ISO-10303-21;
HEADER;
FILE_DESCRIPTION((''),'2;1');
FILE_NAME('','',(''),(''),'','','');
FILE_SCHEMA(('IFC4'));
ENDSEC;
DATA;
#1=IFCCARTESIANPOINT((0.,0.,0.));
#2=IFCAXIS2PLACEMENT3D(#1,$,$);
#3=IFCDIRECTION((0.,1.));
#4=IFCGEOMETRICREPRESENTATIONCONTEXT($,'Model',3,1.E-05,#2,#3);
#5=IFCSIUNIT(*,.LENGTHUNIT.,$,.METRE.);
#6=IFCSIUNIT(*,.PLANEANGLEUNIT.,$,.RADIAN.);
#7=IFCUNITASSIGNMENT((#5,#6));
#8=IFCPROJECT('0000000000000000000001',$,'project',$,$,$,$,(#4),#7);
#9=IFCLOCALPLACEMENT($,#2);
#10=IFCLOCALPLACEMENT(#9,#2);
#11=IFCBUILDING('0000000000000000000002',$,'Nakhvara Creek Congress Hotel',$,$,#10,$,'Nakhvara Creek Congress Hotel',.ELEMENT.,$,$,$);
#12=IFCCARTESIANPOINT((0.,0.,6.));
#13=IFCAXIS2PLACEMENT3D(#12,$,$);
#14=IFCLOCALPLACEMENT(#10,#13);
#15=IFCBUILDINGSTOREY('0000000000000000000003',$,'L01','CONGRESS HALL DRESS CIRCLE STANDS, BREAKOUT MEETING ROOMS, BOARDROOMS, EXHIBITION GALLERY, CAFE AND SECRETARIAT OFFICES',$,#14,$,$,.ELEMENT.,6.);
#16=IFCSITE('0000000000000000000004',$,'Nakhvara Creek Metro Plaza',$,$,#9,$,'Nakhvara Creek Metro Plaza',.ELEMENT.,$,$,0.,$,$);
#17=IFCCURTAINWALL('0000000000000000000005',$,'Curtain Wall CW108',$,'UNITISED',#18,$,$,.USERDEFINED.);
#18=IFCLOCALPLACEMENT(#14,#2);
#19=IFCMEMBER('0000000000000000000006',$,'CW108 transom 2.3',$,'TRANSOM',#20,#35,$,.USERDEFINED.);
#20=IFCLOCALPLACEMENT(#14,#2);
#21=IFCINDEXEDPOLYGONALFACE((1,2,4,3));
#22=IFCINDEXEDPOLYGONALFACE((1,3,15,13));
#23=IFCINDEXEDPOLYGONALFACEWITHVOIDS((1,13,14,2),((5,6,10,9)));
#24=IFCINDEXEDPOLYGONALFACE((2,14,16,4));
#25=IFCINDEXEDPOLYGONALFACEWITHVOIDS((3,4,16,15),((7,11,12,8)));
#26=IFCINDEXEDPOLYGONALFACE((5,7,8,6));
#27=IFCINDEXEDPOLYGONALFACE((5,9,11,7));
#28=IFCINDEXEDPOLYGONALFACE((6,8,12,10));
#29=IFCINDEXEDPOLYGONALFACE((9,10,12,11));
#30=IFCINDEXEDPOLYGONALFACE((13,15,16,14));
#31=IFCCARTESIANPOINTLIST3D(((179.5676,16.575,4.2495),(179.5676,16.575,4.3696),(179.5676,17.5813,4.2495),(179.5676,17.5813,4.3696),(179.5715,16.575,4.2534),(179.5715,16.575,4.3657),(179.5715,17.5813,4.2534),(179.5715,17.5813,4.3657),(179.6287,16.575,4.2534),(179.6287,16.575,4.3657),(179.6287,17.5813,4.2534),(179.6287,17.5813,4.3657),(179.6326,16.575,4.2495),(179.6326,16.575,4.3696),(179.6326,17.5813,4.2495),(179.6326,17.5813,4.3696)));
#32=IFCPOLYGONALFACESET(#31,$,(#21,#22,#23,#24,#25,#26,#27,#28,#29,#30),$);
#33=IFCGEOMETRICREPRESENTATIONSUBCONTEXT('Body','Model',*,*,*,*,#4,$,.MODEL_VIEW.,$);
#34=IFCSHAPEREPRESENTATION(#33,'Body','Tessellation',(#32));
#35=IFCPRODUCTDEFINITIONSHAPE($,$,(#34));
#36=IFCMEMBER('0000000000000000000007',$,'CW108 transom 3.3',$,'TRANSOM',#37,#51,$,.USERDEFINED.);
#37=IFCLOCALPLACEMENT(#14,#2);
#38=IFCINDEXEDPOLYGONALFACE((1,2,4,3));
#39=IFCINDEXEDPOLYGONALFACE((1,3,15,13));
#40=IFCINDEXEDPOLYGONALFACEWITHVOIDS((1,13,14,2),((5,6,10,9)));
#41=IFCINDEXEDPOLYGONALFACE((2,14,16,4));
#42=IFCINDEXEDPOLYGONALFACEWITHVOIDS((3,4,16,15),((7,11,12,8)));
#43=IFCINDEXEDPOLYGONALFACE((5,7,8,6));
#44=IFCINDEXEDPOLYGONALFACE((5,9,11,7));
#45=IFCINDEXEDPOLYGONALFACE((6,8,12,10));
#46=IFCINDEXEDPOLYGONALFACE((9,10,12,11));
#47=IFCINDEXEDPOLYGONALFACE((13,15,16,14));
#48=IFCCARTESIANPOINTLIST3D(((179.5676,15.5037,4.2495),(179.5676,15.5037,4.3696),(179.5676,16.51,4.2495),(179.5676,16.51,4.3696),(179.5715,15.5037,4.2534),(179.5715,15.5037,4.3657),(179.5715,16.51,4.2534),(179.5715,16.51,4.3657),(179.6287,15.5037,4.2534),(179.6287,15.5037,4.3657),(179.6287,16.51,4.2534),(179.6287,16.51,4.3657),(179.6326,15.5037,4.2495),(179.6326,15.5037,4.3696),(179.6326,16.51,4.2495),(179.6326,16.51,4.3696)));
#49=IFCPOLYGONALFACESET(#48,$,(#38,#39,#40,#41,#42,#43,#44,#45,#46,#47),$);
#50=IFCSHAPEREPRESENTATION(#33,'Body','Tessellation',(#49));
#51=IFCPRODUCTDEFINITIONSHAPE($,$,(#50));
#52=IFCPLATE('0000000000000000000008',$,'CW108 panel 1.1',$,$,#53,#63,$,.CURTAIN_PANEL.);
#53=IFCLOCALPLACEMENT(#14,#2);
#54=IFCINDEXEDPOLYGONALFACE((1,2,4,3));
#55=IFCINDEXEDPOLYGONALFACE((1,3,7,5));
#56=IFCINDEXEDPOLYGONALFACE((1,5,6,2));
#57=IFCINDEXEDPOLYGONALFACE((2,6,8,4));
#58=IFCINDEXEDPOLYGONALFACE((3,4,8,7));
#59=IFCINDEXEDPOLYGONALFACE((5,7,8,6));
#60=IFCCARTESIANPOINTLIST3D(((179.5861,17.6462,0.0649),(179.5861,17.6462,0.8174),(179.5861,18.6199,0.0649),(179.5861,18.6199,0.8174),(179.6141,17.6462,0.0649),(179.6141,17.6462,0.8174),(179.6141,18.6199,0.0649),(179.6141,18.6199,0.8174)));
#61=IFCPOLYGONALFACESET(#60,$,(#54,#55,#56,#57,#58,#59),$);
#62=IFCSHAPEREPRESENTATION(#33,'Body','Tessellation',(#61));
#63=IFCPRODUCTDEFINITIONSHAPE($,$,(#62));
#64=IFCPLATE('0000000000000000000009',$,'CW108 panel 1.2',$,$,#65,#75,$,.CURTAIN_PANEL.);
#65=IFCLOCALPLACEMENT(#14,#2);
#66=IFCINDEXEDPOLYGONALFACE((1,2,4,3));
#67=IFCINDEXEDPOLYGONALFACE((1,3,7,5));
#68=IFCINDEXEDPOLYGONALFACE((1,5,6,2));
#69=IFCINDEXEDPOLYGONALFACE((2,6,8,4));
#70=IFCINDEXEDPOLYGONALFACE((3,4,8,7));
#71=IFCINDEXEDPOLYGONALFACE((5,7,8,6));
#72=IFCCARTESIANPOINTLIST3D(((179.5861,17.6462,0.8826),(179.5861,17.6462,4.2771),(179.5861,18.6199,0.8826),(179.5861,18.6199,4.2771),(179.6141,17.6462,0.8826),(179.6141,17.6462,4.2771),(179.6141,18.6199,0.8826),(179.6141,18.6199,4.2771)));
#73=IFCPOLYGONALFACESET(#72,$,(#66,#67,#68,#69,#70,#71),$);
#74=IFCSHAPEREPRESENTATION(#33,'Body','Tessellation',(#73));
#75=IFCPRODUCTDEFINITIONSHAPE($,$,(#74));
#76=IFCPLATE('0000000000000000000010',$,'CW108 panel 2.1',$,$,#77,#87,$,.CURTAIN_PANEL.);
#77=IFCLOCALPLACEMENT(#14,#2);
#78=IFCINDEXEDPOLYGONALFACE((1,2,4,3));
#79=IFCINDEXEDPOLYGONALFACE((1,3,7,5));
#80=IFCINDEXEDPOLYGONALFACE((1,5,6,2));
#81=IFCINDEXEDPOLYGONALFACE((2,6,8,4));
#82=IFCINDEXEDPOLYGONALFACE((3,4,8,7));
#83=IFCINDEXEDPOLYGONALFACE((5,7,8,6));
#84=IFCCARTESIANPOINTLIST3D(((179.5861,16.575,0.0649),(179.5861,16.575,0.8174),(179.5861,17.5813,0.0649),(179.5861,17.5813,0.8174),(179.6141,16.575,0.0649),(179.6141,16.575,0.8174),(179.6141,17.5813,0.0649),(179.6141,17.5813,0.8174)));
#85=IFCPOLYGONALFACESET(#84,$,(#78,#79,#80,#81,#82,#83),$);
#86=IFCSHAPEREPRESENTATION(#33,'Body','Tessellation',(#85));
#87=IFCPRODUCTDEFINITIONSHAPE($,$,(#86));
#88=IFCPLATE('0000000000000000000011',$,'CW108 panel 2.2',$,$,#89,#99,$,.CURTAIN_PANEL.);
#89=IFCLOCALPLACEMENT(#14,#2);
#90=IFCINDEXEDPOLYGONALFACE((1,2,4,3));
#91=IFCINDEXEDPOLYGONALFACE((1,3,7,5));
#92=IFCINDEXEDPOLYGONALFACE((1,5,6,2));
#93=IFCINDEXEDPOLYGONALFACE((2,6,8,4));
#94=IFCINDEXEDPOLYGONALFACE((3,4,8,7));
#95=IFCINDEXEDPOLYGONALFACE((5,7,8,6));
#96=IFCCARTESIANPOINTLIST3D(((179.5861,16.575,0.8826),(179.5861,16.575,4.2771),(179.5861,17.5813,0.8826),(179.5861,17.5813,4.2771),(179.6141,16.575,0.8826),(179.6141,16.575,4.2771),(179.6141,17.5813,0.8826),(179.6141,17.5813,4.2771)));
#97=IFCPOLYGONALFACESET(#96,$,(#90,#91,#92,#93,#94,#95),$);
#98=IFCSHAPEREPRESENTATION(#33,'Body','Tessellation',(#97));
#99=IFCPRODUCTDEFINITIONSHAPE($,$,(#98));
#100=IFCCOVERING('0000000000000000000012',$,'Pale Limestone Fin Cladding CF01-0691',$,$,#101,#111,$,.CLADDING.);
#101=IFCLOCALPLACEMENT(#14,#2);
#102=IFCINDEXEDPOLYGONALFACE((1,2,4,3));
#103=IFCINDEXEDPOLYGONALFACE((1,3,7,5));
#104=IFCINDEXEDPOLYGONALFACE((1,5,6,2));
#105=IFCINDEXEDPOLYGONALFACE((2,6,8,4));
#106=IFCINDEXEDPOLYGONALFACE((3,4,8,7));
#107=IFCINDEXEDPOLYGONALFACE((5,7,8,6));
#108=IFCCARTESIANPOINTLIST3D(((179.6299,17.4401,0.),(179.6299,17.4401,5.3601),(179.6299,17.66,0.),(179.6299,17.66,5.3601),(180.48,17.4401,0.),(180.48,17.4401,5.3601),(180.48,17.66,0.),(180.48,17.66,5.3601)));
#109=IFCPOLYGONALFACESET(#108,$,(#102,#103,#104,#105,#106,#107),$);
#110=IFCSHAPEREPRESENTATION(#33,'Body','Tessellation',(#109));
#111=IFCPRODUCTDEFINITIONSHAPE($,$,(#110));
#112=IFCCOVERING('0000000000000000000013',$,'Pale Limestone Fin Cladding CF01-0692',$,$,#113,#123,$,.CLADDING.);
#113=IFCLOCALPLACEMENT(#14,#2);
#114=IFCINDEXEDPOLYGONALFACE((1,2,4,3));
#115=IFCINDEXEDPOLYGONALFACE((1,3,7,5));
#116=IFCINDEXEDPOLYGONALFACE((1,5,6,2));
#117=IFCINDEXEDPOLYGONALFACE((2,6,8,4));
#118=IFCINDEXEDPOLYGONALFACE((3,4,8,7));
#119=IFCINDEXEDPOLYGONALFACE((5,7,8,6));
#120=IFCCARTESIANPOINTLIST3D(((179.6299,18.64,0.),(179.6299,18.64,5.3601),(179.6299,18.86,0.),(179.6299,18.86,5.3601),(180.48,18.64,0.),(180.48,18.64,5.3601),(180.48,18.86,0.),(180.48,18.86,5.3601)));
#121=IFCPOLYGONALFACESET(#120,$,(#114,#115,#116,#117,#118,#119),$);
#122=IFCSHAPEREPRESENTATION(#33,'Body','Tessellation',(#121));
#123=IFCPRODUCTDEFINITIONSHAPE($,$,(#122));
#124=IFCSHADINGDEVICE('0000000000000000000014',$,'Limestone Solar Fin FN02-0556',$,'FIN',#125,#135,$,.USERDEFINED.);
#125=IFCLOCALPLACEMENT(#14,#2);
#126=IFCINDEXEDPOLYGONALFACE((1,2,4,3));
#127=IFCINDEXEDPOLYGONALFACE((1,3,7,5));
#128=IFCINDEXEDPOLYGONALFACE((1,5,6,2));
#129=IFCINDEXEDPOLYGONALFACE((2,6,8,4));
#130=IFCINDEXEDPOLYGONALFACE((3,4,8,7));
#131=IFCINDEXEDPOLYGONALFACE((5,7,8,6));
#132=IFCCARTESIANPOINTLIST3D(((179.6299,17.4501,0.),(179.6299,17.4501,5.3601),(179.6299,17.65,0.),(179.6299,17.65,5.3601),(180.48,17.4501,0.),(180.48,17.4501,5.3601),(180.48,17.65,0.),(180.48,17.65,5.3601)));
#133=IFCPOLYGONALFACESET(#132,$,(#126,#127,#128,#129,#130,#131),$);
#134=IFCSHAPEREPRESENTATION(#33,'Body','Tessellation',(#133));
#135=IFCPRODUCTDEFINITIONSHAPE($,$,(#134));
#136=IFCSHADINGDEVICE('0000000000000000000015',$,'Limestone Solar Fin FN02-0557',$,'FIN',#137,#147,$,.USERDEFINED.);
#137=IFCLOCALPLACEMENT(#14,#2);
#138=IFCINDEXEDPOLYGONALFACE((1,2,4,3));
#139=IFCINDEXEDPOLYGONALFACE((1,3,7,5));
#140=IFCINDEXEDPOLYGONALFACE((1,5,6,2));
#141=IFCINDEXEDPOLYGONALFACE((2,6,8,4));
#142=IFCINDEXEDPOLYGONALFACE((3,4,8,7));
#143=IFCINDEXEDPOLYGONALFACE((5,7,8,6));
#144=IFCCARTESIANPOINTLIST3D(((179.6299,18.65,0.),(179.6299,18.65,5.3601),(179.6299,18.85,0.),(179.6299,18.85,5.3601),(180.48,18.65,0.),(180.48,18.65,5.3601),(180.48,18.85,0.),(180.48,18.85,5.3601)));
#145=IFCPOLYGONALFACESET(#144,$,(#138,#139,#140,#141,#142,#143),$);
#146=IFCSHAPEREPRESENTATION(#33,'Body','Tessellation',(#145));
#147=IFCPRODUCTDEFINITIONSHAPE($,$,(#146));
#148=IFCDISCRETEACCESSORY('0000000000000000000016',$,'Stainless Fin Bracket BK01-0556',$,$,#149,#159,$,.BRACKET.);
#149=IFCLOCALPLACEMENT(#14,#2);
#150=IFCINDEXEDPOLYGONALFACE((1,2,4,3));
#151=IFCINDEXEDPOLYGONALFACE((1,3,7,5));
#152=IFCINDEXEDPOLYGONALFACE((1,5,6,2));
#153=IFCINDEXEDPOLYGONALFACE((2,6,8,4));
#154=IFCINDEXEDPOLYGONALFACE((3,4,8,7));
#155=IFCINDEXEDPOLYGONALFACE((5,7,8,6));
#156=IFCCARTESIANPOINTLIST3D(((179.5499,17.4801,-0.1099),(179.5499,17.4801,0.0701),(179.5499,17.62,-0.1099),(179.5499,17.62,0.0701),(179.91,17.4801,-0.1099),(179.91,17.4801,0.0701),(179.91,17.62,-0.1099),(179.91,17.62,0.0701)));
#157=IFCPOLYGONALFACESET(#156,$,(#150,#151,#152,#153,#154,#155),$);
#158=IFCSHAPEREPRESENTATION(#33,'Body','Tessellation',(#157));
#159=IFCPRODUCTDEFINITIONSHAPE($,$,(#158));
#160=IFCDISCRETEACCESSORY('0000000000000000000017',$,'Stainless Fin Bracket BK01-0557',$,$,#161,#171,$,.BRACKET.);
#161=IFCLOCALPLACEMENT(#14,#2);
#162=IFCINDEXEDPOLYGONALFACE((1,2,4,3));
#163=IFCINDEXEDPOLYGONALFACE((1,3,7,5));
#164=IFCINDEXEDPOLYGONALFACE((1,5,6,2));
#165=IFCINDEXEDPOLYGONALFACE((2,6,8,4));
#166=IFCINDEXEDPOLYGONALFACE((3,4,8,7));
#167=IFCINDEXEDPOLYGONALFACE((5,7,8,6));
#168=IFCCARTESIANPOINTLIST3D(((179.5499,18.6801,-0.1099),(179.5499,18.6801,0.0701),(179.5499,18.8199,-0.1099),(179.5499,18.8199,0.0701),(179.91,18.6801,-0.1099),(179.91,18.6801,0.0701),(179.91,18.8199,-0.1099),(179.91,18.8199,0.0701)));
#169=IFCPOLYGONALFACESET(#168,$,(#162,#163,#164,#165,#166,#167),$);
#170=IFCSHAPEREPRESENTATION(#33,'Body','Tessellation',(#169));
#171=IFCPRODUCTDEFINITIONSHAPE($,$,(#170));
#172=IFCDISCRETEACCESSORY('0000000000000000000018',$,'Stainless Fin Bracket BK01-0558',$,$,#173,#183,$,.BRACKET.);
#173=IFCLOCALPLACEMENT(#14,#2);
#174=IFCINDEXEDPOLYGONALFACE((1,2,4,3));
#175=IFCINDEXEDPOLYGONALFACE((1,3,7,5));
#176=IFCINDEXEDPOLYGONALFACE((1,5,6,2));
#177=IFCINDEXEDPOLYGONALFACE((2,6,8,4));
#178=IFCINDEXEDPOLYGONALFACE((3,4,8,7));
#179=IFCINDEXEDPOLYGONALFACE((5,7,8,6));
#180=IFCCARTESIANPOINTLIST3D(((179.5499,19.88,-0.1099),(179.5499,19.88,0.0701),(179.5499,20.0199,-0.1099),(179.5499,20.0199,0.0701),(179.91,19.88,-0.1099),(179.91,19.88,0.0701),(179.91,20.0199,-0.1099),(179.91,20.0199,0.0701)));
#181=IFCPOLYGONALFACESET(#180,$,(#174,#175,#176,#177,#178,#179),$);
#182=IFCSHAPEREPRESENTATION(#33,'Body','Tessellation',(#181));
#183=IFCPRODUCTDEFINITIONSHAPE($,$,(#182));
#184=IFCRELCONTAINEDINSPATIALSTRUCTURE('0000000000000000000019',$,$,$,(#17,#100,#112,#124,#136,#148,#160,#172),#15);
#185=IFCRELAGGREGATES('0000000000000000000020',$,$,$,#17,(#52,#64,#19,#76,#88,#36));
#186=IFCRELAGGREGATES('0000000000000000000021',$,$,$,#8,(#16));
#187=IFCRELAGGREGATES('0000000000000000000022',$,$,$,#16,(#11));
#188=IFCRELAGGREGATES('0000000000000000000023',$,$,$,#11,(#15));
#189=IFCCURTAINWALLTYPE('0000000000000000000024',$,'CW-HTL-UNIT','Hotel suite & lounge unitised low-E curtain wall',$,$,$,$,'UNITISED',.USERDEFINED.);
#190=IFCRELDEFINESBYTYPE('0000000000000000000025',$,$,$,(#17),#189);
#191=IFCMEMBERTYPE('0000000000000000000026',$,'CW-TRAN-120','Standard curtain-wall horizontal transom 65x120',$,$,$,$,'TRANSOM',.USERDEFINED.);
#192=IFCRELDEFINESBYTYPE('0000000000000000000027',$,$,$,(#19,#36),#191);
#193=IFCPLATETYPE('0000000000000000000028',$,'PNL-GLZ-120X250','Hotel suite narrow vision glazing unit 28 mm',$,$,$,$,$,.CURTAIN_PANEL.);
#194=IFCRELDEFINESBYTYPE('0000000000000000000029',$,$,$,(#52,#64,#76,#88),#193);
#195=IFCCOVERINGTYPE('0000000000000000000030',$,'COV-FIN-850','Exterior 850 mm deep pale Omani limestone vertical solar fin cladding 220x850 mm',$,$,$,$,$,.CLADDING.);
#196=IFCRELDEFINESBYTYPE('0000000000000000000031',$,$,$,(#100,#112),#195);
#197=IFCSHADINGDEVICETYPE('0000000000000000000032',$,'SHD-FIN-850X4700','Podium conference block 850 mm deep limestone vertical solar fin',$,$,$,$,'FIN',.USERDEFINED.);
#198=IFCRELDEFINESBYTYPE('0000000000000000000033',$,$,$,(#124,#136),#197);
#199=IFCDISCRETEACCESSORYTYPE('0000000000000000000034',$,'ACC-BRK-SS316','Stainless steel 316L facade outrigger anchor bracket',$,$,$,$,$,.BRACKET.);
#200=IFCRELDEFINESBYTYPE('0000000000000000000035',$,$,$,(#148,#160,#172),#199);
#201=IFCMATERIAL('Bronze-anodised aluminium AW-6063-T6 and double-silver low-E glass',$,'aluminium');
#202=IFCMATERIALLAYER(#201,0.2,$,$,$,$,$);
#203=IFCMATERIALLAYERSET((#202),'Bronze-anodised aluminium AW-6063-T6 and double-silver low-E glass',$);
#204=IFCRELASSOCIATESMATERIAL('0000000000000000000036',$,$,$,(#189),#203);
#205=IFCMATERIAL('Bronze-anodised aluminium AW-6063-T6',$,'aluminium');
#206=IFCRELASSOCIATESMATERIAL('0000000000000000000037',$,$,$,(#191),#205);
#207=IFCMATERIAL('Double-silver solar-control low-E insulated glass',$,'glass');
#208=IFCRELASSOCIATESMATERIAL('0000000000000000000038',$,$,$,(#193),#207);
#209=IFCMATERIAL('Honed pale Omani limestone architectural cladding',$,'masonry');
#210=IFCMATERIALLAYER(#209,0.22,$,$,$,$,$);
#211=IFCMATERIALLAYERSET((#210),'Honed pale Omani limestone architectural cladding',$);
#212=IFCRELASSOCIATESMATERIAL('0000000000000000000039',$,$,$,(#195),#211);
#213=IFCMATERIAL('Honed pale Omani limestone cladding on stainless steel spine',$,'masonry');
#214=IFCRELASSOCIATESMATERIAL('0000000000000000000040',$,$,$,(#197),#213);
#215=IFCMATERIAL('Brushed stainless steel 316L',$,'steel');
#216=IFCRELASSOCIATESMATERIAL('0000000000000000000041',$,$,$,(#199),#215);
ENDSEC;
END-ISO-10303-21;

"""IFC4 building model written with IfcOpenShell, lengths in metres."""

from ifc_helpers import new_model, si_unit, direction, frame, origin, origin_2d, place, context, subcontext, project, spatial, rectangle, hollow_rectangle, extrude, material, layer, layer_set, material_profile, profile_set, type_object, element, aggregate, save


model = new_model("IFC4")

# Units and contexts
model_context = context("Model", 3, precision=1e-05, world=origin(), true_north=direction((0.0, 1.0)))
body_context = subcontext(model_context, "Body", "Model", "MODEL_VIEW")
ifc_project = project(units=[si_unit("LENGTHUNIT", "METRE"), si_unit("PLANEANGLEUNIT", "RADIAN")], contexts=[model_context])

# Site, building, storey
site_placement = place(None, origin())
site = spatial("IfcSite", under=ifc_project, at=site_placement, Name="Nakhvara Creek Metro Plaza", LongName="Nakhvara Creek Metro Plaza", CompositionType="ELEMENT", RefElevation=0.0)
building_placement = place(site_placement, origin())
building = spatial("IfcBuilding", under=site, at=building_placement, Name="Nakhvara Creek Congress Hotel", LongName="Nakhvara Creek Congress Hotel", CompositionType="ELEMENT")
storey_placement = place(building_placement, frame((0.0, 0.0, 6.0)))
storey = spatial("IfcBuildingStorey", under=building, at=storey_placement, Name="L01", Description="CONGRESS HALL DRESS CIRCLE STANDS, BREAKOUT MEETING ROOMS, BOARDROOMS, EXHIBITION GALLERY, CAFE AND SECRETARIAT OFFICES", CompositionType="ELEMENT", Elevation=6.0)

# Curtain wall
ifc_material_1 = material(Name="Bronze-anodised aluminium AW-6063-T6 and double-silver low-E glass", Category="aluminium")
ifc_layer_1 = layer(ifc_material_1, 0.2)
ifc_layer_set_1 = layer_set([ifc_layer_1], Name="Bronze-anodised aluminium AW-6063-T6 and double-silver low-E glass")
curtain_wall_type = type_object("IfcCurtainWallType", Name="CW-HTL-UNIT", Description="Hotel suite & lounge unitised low-E curtain wall", ElementType="UNITISED", PredefinedType="USERDEFINED", material=ifc_layer_set_1)
curtain_wall_1_placement = place(storey_placement, origin())
curtain_wall_1 = element("IfcCurtainWall", 1, at=curtain_wall_1_placement, inside=storey, type_object=curtain_wall_type, Name="Curtain Wall CW108", ObjectType="UNITISED", PredefinedType="USERDEFINED")
ifc_material_2 = material(Name="Bronze-anodised aluminium AW-6063-T6", Category="aluminium")

# Members
ifc_material_profile_1 = material_profile(ifc_material_2, hollow_rectangle(XDim=0.0649, YDim=0.1201, WallThickness=0.0039, at=origin_2d()), Name="ALU-TRAN 65x120x4", Category="LoadBearing")
ifc_profile_set_1 = profile_set([ifc_material_profile_1], Name="Bronze-anodised aluminium AW-6063-T6")
member_type_1 = type_object("IfcMemberType", Name="CW-TRAN-120", Description="Standard curtain-wall horizontal transom 65x120", ElementType="TRANSOM", PredefinedType="USERDEFINED", material=ifc_profile_set_1)
member_1_placement = place(storey_placement, frame((179.6001, 17.5813, 4.3096), z_axis=(0.0, -1.0, 0.0), x_axis=(1.0, 0.0, 0.0)))
member_1 = element("IfcMember", 2, at=member_1_placement, type_object=member_type_1, Name="CW108 transom 2.3", ObjectType="TRANSOM", PredefinedType="USERDEFINED", context=body_context, shape_type="SweptSolid", body=[
    extrude(hollow_rectangle(XDim=0.0649, YDim=0.1201, WallThickness=0.0039, at=origin_2d()), origin(), (0.0, 0.0, 1.0), 1.0063),
])
member_2_placement = place(storey_placement, frame((179.6001, 16.51, 4.3096), z_axis=(0.0, -1.0, 0.0), x_axis=(1.0, 0.0, 0.0)))
member_2 = element("IfcMember", 3, at=member_2_placement, type_object=member_type_1, Name="CW108 transom 3.3", ObjectType="TRANSOM", PredefinedType="USERDEFINED", context=body_context, shape_type="SweptSolid", body=[
    extrude(hollow_rectangle(XDim=0.0649, YDim=0.1201, WallThickness=0.0039, at=origin_2d()), origin(), (0.0, 0.0, 1.0), 1.0063),
])

# Plates
ifc_material_3 = material(Name="Double-silver solar-control low-E insulated glass", Category="glass")
plate_type = type_object("IfcPlateType", Name="PNL-GLZ-120X250", Description="Hotel suite narrow vision glazing unit 28 mm", PredefinedType="CURTAIN_PANEL", material=ifc_material_3)
plate_1_placement = place(storey_placement, frame((179.6001, 18.1331, 0.0649), z_axis=(0.0, 0.0, 1.0), x_axis=(0.0, -1.0, 0.0)))
plate_1 = element("IfcPlate", 4, at=plate_1_placement, type_object=plate_type, Name="CW108 panel 1.1", PredefinedType="CURTAIN_PANEL", context=body_context, shape_type="SweptSolid", body=[
    extrude(rectangle(XDim=0.9736, YDim=0.0281, at=origin_2d()), origin(), (0.0, 0.0, 1.0), 0.7524),
])
plate_2_placement = place(storey_placement, frame((179.6001, 18.1331, 0.8826), z_axis=(0.0, 0.0, 1.0), x_axis=(0.0, -1.0, 0.0)))
plate_2 = element("IfcPlate", 5, at=plate_2_placement, type_object=plate_type, Name="CW108 panel 1.2", PredefinedType="CURTAIN_PANEL", context=body_context, shape_type="SweptSolid", body=[
    extrude(rectangle(XDim=0.9736, YDim=0.0281, at=origin_2d()), origin(), (0.0, 0.0, 1.0), 3.3945),
])
plate_3_placement = place(storey_placement, frame((179.6001, 17.0781, 0.0649), z_axis=(0.0, 0.0, 1.0), x_axis=(0.0, -1.0, 0.0)))
plate_3 = element("IfcPlate", 6, at=plate_3_placement, type_object=plate_type, Name="CW108 panel 2.1", PredefinedType="CURTAIN_PANEL", context=body_context, shape_type="SweptSolid", body=[
    extrude(rectangle(XDim=1.0063, YDim=0.0281, at=origin_2d()), origin(), (0.0, 0.0, 1.0), 0.7524),
])
plate_4_placement = place(storey_placement, frame((179.6001, 17.0781, 0.8826), z_axis=(0.0, 0.0, 1.0), x_axis=(0.0, -1.0, 0.0)))
plate_4 = element("IfcPlate", 7, at=plate_4_placement, type_object=plate_type, Name="CW108 panel 2.2", PredefinedType="CURTAIN_PANEL", context=body_context, shape_type="SweptSolid", body=[
    extrude(rectangle(XDim=1.0063, YDim=0.0281, at=origin_2d()), origin(), (0.0, 0.0, 1.0), 3.3945),
])
aggregate(curtain_wall_1, [plate_1, plate_2, member_1, plate_3, plate_4, member_2])

# Coverings
ifc_material_4 = material(Name="Honed pale Omani limestone architectural cladding", Category="masonry")
ifc_layer_2 = layer(ifc_material_4, 0.22)
ifc_layer_set_2 = layer_set([ifc_layer_2], Name="Honed pale Omani limestone architectural cladding")
covering_type = type_object("IfcCoveringType", Name="COV-FIN-850", Description="Exterior 850 mm deep pale Omani limestone vertical solar fin cladding 220x850 mm", PredefinedType="CLADDING", material=ifc_layer_set_2)
for number, where, z_axis, x_axis, name in (
    (8, (180.0549, 17.55, 0.0), (0.0, 0.0, 1.0), (0.0, 1.0, 0.0), "Pale Limestone Fin Cladding CF01-0691"),
    (9, (180.0549, 18.75, 0.0), (0.0, 0.0, 1.0), (0.0, 1.0, 0.0), "Pale Limestone Fin Cladding CF01-0692"),
):
    element("IfcCovering", number, at=place(storey_placement, frame(where, z_axis=z_axis, x_axis=x_axis)), inside=storey, type_object=covering_type, Name=name, PredefinedType="CLADDING", context=body_context, shape_type="SweptSolid", body=[
        extrude(rectangle(XDim=0.22, YDim=0.8501, at=origin_2d()), origin(), (0.0, 0.0, 1.0), 5.3601),
    ])

# Shading devices
ifc_material_5 = material(Name="Honed pale Omani limestone cladding on stainless steel spine", Category="masonry")
shading_device_type = type_object("IfcShadingDeviceType", Name="SHD-FIN-850X4700", Description="Podium conference block 850 mm deep limestone vertical solar fin", ElementType="FIN", PredefinedType="USERDEFINED", material=ifc_material_5)
for number, where, z_axis, x_axis, name in (
    (10, (180.0549, 17.55, 0.0), (0.0, 0.0, 1.0), (0.0, 1.0, 0.0), "Limestone Solar Fin FN02-0556"),
    (11, (180.0549, 18.75, 0.0), (0.0, 0.0, 1.0), (0.0, 1.0, 0.0), "Limestone Solar Fin FN02-0557"),
):
    element("IfcShadingDevice", number, at=place(storey_placement, frame(where, z_axis=z_axis, x_axis=x_axis)), inside=storey, type_object=shading_device_type, Name=name, ObjectType="FIN", PredefinedType="USERDEFINED", context=body_context, shape_type="SweptSolid", body=[
        extrude(rectangle(XDim=0.2, YDim=0.8501, at=origin_2d()), origin(), (0.0, 0.0, 1.0), 5.3601),
    ])

# Discrete accessories
ifc_material_6 = material(Name="Brushed stainless steel 316L", Category="steel")
discrete_accessory_type = type_object("IfcDiscreteAccessoryType", Name="ACC-BRK-SS316", Description="Stainless steel 316L facade outrigger anchor bracket", PredefinedType="BRACKET", material=ifc_material_6)
for number, where, z_axis, x_axis, name in (
    (12, (179.73, 17.55, -0.1099), (0.0, 0.0, 1.0), (0.0, 1.0, 0.0), "Stainless Fin Bracket BK01-0556"),
    (13, (179.73, 18.75, -0.1099), (0.0, 0.0, 1.0), (0.0, 1.0, 0.0), "Stainless Fin Bracket BK01-0557"),
    (14, (179.73, 19.95, -0.1099), (0.0, 0.0, 1.0), (0.0, 1.0, 0.0), "Stainless Fin Bracket BK01-0558"),
):
    element("IfcDiscreteAccessory", number, at=place(storey_placement, frame(where, z_axis=z_axis, x_axis=x_axis)), inside=storey, type_object=discrete_accessory_type, Name=name, PredefinedType="BRACKET", context=body_context, shape_type="SweptSolid", body=[
        extrude(rectangle(XDim=0.1399, YDim=0.3601, at=origin_2d()), origin(), (0.0, 0.0, 1.0), 0.1799),
    ])

save(model, "model.ifc")
